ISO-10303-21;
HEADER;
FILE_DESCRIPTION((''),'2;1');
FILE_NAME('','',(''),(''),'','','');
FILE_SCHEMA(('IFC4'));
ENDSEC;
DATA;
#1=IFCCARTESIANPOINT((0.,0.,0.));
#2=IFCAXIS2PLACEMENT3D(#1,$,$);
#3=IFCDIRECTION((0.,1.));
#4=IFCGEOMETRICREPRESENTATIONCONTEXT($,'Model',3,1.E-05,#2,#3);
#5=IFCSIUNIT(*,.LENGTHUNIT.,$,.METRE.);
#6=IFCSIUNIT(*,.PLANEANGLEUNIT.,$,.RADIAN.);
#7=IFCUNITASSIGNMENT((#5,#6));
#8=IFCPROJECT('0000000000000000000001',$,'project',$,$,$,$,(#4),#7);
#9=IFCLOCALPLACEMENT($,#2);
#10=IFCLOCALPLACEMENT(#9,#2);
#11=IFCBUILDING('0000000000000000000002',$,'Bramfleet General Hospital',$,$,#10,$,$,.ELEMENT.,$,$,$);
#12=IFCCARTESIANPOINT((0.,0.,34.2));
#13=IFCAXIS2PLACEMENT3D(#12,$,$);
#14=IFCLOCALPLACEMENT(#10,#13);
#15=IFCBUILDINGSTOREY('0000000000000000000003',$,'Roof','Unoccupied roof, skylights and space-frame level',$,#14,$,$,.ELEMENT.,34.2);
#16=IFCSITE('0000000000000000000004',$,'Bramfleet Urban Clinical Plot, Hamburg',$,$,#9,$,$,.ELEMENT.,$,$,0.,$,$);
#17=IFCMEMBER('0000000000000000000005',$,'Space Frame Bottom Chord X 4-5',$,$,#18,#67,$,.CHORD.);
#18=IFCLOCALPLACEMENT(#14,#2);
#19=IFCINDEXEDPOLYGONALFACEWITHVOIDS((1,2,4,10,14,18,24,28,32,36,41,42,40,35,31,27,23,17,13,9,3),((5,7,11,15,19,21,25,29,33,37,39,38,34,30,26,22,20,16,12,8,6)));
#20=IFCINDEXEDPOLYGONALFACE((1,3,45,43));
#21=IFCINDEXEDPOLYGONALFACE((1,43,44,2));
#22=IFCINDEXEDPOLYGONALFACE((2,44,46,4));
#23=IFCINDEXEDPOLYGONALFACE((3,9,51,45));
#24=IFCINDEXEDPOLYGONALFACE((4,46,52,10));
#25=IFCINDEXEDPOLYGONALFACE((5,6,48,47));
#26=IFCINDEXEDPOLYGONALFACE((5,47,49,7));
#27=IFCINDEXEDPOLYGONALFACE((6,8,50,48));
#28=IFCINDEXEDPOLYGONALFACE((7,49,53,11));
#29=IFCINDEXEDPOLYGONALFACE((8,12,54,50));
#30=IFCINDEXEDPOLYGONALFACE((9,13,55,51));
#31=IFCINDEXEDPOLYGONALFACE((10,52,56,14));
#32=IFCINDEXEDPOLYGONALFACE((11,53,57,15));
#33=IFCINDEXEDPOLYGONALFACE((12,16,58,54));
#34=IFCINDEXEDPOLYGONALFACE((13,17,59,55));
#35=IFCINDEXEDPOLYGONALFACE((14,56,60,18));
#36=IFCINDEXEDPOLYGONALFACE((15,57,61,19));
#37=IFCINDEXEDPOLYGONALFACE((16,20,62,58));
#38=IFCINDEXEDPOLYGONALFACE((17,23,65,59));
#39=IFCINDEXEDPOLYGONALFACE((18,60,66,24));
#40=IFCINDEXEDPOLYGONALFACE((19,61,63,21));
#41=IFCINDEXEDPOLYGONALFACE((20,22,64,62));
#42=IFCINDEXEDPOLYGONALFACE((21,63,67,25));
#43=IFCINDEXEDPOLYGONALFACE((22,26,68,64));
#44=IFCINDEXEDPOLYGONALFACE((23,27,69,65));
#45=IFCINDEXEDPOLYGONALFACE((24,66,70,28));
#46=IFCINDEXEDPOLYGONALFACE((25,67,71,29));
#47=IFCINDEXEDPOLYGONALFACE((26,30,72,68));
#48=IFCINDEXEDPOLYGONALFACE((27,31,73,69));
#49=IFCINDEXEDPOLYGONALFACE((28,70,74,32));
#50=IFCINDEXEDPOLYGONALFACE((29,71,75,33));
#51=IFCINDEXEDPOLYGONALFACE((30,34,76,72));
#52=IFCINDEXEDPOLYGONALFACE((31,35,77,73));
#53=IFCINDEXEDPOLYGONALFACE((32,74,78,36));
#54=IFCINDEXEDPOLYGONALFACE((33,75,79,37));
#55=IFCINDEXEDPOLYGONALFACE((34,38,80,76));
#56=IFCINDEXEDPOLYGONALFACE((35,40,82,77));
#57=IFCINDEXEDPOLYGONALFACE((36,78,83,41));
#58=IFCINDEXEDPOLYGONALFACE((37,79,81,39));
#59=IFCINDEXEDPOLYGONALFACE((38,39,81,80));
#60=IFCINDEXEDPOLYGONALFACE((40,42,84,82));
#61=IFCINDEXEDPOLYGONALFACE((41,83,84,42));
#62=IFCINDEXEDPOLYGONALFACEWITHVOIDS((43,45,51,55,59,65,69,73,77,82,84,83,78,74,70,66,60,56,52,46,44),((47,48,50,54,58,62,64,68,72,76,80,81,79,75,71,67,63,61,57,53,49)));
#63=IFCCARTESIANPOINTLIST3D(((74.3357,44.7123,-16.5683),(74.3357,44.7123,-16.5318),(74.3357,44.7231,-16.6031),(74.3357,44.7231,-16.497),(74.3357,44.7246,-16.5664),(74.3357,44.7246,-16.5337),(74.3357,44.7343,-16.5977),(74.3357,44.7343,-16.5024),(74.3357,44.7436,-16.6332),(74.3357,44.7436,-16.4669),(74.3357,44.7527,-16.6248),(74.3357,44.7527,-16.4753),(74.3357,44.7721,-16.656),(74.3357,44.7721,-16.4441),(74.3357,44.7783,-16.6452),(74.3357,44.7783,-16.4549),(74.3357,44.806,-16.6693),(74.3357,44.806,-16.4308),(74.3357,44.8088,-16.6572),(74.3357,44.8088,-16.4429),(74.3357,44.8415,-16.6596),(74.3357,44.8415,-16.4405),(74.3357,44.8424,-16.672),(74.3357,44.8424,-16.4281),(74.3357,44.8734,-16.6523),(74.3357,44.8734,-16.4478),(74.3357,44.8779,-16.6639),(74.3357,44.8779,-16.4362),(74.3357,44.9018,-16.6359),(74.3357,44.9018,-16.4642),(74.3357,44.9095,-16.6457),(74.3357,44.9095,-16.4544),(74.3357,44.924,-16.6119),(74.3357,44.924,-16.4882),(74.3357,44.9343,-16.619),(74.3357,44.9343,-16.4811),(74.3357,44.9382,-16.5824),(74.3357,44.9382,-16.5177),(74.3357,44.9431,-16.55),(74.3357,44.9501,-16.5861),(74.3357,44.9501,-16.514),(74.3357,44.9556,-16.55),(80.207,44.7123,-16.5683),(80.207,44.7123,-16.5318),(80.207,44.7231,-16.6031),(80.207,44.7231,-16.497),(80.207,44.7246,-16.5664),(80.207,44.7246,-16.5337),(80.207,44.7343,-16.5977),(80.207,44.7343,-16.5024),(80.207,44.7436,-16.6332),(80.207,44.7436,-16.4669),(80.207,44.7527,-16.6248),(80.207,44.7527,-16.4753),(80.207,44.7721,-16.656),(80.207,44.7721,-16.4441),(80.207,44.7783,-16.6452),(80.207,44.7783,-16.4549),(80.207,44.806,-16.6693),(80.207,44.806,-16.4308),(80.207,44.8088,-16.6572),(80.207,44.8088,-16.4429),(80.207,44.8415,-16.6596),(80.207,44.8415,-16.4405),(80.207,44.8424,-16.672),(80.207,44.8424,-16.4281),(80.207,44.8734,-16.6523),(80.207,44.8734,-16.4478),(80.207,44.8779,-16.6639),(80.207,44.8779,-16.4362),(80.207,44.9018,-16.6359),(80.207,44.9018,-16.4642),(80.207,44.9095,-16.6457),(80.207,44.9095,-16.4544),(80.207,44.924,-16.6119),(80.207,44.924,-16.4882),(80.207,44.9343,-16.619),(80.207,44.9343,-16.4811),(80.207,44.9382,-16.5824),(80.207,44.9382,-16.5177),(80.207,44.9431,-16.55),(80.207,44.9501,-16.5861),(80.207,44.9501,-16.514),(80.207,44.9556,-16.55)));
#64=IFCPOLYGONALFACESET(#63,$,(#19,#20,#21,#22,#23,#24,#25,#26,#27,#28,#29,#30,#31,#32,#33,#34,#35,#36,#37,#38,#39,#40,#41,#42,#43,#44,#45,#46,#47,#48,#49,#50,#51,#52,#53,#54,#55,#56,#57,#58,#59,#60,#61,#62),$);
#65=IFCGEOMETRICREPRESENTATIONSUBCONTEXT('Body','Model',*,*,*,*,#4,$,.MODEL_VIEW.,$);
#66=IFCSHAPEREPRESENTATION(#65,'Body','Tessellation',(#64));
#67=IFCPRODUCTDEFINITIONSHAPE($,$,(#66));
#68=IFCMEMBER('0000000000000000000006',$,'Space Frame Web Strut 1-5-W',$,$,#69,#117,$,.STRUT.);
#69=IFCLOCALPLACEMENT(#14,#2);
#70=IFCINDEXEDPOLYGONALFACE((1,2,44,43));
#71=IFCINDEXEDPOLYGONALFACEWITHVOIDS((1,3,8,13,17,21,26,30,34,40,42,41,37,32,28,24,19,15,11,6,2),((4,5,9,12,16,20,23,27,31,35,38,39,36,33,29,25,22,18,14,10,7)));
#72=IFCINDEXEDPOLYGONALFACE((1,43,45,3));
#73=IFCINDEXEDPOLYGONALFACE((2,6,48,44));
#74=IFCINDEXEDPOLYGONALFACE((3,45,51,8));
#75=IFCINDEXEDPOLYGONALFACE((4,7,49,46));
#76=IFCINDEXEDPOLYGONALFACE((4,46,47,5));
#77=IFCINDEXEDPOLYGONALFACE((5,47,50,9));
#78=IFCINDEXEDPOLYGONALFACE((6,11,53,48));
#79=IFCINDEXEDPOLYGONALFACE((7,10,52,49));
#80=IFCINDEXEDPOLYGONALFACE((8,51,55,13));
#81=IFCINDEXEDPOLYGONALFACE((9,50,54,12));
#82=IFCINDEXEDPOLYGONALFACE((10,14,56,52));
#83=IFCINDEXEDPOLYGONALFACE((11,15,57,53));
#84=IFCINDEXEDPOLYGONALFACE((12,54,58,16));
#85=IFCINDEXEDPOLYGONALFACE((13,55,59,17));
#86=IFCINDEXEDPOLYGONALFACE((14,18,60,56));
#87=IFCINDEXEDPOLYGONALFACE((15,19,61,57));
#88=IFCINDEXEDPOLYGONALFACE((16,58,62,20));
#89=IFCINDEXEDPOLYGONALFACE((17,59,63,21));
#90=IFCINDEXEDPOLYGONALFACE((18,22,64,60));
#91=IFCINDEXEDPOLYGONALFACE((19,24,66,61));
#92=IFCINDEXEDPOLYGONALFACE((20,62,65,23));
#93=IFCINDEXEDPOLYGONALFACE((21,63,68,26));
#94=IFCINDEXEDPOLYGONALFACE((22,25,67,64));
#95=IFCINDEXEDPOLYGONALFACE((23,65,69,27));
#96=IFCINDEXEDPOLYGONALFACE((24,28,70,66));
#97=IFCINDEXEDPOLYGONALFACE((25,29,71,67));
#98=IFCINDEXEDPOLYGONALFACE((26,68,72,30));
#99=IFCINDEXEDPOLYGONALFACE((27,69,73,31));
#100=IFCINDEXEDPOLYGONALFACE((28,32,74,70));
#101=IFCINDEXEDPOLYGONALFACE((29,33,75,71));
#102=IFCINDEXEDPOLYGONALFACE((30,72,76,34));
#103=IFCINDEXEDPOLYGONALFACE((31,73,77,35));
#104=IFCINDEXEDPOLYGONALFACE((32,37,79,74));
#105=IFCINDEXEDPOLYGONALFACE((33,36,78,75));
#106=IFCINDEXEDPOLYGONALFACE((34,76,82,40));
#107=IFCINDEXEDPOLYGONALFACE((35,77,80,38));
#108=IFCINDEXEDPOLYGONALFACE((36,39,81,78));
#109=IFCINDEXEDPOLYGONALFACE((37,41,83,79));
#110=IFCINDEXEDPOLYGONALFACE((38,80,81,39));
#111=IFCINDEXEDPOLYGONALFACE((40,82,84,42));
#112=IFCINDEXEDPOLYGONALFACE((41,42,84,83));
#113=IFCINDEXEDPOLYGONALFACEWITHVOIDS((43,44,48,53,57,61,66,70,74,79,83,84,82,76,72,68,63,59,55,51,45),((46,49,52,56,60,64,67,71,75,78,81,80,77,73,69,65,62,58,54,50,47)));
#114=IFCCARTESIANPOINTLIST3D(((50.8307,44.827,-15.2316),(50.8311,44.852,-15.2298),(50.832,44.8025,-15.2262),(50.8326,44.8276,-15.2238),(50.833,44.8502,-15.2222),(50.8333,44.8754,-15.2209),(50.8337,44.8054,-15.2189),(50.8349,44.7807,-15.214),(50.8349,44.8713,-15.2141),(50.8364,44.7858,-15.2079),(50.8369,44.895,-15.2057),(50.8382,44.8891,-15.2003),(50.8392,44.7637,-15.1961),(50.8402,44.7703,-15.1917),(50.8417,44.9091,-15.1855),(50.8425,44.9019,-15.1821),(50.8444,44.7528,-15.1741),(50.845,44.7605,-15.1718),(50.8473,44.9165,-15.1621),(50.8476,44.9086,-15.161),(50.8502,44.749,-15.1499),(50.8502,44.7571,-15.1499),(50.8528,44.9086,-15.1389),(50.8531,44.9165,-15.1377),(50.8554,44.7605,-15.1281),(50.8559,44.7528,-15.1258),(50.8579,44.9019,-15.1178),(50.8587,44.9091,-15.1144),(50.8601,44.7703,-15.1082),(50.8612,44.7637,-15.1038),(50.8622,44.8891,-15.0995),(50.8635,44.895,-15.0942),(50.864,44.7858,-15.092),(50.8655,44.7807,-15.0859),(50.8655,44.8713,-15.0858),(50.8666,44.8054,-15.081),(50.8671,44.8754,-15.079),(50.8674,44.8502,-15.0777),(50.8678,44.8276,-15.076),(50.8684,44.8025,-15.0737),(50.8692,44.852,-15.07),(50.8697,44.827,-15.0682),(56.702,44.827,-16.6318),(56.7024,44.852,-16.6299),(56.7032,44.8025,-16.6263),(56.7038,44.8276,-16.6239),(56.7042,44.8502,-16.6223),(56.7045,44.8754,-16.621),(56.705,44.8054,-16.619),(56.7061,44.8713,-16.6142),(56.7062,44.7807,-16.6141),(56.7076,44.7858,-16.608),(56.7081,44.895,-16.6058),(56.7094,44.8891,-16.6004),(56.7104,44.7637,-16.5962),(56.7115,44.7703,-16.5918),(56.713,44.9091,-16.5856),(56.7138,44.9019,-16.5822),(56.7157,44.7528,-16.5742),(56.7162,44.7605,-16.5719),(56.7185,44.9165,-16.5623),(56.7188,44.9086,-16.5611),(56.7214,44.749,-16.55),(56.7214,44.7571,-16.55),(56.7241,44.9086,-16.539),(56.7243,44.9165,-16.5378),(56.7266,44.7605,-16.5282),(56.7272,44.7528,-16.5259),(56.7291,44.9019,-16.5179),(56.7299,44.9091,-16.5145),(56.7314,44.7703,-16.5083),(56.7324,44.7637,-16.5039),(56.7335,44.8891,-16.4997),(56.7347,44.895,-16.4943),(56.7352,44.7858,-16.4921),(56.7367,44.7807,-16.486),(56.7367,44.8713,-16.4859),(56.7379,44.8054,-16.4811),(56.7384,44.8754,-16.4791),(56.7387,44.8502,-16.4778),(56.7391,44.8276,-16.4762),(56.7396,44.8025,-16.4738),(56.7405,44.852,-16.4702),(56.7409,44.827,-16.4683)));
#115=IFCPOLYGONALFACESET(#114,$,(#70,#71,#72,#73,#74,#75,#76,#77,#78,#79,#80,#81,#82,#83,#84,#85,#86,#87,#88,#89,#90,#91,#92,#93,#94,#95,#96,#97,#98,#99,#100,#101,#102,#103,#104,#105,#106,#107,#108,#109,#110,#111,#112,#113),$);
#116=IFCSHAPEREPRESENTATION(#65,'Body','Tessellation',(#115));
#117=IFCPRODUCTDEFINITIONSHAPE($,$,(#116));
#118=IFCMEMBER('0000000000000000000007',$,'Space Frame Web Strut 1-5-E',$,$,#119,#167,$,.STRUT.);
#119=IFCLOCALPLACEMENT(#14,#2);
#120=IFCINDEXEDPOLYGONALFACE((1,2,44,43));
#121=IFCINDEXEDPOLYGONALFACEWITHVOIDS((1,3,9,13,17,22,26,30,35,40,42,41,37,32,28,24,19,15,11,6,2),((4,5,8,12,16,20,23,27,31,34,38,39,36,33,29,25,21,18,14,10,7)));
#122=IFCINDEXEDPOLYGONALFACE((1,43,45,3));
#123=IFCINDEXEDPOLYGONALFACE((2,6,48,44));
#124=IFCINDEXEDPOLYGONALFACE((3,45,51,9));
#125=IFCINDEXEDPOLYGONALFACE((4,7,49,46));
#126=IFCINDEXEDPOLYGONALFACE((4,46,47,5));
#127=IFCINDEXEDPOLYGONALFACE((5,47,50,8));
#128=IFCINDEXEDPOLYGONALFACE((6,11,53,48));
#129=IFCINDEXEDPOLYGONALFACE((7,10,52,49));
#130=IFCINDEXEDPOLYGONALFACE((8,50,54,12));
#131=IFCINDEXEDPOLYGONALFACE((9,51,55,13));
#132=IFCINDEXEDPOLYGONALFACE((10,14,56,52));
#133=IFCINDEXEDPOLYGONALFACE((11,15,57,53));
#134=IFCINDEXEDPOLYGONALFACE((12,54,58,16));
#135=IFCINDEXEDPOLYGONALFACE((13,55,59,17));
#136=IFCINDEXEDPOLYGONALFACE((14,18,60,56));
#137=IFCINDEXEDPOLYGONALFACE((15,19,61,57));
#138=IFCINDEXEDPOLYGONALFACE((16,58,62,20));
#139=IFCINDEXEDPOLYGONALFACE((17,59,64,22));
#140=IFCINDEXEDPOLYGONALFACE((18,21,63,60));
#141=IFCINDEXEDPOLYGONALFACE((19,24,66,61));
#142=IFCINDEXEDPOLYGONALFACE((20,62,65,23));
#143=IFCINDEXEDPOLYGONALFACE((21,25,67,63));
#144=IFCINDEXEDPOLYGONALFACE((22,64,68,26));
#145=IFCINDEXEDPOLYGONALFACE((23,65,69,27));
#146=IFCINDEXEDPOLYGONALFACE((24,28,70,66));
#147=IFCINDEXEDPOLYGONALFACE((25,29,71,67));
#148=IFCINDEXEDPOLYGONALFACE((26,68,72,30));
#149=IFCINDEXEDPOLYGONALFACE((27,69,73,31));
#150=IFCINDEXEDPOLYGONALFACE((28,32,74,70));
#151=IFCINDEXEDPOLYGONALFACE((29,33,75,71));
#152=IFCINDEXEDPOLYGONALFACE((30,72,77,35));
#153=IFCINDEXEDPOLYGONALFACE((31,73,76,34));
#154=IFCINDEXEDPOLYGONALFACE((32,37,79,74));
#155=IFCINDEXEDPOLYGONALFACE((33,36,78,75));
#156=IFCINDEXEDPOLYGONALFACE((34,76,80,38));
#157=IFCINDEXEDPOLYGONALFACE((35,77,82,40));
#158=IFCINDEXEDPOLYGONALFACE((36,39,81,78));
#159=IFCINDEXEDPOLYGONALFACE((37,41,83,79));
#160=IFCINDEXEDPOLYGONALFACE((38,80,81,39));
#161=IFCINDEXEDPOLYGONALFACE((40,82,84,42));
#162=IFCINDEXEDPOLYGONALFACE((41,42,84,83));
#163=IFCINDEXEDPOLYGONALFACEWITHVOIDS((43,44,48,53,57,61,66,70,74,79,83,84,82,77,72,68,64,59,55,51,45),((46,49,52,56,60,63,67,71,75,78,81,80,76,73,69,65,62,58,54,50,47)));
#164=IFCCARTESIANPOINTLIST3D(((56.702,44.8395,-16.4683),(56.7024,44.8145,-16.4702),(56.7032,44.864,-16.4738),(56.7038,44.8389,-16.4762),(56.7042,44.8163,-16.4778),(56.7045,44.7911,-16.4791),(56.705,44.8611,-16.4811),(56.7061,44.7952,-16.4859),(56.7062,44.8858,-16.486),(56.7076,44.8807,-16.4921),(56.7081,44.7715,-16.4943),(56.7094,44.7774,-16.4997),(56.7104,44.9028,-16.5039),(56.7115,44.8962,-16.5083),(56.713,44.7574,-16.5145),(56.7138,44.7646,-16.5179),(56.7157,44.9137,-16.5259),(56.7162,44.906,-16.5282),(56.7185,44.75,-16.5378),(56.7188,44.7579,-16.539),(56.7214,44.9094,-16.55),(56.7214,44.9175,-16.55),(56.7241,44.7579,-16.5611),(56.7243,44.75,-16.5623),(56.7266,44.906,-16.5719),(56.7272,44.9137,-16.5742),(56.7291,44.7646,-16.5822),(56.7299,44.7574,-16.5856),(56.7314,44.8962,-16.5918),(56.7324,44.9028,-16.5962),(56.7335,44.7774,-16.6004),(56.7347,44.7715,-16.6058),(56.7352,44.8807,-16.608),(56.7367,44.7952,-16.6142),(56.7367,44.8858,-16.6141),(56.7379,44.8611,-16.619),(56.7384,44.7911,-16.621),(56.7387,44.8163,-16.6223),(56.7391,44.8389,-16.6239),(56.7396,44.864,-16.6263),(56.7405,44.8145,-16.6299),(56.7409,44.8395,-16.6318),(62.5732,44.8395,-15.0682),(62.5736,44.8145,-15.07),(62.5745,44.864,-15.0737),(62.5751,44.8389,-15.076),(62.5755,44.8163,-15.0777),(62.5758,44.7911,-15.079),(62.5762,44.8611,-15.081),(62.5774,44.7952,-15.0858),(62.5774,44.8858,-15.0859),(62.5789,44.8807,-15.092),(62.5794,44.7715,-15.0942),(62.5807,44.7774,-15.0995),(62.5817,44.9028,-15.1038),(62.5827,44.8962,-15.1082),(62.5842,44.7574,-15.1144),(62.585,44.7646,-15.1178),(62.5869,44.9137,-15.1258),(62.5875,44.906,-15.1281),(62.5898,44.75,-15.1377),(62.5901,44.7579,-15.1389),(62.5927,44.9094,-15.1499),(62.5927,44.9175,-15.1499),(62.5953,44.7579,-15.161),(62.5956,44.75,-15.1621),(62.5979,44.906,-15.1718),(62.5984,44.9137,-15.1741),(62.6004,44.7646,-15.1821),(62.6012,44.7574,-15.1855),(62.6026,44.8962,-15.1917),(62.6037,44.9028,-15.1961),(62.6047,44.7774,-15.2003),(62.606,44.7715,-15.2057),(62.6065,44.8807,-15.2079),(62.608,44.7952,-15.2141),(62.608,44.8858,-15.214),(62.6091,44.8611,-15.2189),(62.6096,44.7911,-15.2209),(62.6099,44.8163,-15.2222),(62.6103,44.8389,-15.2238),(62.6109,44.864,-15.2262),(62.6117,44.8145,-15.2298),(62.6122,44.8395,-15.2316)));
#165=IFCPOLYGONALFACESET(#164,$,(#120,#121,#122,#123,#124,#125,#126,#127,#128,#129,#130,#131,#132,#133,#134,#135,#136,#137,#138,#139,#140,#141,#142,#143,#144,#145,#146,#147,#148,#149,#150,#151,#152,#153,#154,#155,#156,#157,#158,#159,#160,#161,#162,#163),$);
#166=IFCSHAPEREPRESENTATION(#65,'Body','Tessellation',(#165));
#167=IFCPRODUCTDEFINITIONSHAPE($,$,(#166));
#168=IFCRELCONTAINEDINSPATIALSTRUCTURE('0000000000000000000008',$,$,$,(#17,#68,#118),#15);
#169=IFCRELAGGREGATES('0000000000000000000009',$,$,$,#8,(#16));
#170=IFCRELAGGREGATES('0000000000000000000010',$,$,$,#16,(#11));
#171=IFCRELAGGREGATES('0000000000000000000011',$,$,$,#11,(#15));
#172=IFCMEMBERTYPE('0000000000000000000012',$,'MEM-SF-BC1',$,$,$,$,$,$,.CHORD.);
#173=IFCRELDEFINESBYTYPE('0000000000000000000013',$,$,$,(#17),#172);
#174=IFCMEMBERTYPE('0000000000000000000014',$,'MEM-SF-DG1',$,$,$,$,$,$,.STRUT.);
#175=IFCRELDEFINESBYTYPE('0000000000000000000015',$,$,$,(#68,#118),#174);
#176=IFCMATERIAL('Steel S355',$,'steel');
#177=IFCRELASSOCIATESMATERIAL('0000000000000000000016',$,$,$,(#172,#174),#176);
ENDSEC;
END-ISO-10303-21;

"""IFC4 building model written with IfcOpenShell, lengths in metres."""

from ifc_helpers import new_model, si_unit, direction, frame, origin, origin_2d, place, context, subcontext, project, spatial, hollow_circle, extrude, material, material_profile, profile_set, type_object, element, save


model = new_model("IFC4")

# Units and contexts
model_context = context("Model", 3, precision=1e-05, world=origin(), true_north=direction((0.0, 1.0)))
body_context = subcontext(model_context, "Body", "Model", "MODEL_VIEW")
ifc_project = project(units=[si_unit("LENGTHUNIT", "METRE"), si_unit("PLANEANGLEUNIT", "RADIAN")], contexts=[model_context])

# Site, building, storey
site_placement = place(None, origin())
site = spatial("IfcSite", under=ifc_project, at=site_placement, Name="Bramfleet Urban Clinical Plot, Hamburg", CompositionType="ELEMENT", RefElevation=0.0)
building_placement = place(site_placement, origin())
building = spatial("IfcBuilding", under=site, at=building_placement, Name="Bramfleet General Hospital", CompositionType="ELEMENT")
storey_placement = place(building_placement, frame((0.0, 0.0, 34.2)))
storey = spatial("IfcBuildingStorey", under=building, at=storey_placement, Name="Roof", Description="Unoccupied roof, skylights and space-frame level", CompositionType="ELEMENT", Elevation=34.2)

# Members
ifc_material = material(Name="Steel S355", Category="steel")
ifc_material_profile_1 = material_profile(ifc_material, hollow_circle(Radius=0.1223, WallThickness=0.0125, at=origin_2d()), Name="CHS 244.5x12.5")
ifc_profile_set_1 = profile_set([ifc_material_profile_1], Name="Steel S355")
member_type_1 = type_object("IfcMemberType", Name="MEM-SF-BC1", PredefinedType="CHORD", material=ifc_profile_set_1)
for number, where, z_axis, x_axis, name in (
    (1, (74.3357, 44.8333, -16.55), (1.0, 0.0, 0.0), (0.0, 1.0, 0.0), "Space Frame Bottom Chord X 4-5"),
):
    element("IfcMember", number, at=place(storey_placement, frame(where, z_axis=z_axis, x_axis=x_axis)), inside=storey, type_object=member_type_1, Name=name, PredefinedType="CHORD", context=body_context, shape_type="SweptSolid", body=[
        extrude(hollow_circle(Radius=0.1223, WallThickness=0.0125, at=origin_2d()), origin(), (0.0, 0.0, 1.0), 5.8713),
    ])
ifc_material_profile_2 = material_profile(ifc_material, hollow_circle(Radius=0.0842, WallThickness=0.0081, at=origin_2d()), Name="CHS 168.3x8.0")
ifc_profile_set_2 = profile_set([ifc_material_profile_2], Name="Steel S355")
member_type_2 = type_object("IfcMemberType", Name="MEM-SF-DG1", PredefinedType="STRUT", material=ifc_profile_set_2)
for number, where, z_axis, x_axis, name in (
    (2, (56.7214, 44.8333, -16.55), (-0.972724, 0.0, 0.231967), (0.0, -1.0, 0.0), "Space Frame Web Strut 1-5-W"),
    (3, (56.7214, 44.8333, -16.55), (0.972724, 0.0, 0.231967), (0.0, 1.0, 0.0), "Space Frame Web Strut 1-5-E"),
):
    element("IfcMember", number, at=place(storey_placement, frame(where, z_axis=z_axis, x_axis=x_axis)), inside=storey, type_object=member_type_2, Name=name, PredefinedType="STRUT", context=body_context, shape_type="SweptSolid", body=[
        extrude(hollow_circle(Radius=0.0842, WallThickness=0.0081, at=origin_2d()), origin(), (0.0, 0.0, 1.0), 6.0359),
    ])

save(model, "model.ifc")
